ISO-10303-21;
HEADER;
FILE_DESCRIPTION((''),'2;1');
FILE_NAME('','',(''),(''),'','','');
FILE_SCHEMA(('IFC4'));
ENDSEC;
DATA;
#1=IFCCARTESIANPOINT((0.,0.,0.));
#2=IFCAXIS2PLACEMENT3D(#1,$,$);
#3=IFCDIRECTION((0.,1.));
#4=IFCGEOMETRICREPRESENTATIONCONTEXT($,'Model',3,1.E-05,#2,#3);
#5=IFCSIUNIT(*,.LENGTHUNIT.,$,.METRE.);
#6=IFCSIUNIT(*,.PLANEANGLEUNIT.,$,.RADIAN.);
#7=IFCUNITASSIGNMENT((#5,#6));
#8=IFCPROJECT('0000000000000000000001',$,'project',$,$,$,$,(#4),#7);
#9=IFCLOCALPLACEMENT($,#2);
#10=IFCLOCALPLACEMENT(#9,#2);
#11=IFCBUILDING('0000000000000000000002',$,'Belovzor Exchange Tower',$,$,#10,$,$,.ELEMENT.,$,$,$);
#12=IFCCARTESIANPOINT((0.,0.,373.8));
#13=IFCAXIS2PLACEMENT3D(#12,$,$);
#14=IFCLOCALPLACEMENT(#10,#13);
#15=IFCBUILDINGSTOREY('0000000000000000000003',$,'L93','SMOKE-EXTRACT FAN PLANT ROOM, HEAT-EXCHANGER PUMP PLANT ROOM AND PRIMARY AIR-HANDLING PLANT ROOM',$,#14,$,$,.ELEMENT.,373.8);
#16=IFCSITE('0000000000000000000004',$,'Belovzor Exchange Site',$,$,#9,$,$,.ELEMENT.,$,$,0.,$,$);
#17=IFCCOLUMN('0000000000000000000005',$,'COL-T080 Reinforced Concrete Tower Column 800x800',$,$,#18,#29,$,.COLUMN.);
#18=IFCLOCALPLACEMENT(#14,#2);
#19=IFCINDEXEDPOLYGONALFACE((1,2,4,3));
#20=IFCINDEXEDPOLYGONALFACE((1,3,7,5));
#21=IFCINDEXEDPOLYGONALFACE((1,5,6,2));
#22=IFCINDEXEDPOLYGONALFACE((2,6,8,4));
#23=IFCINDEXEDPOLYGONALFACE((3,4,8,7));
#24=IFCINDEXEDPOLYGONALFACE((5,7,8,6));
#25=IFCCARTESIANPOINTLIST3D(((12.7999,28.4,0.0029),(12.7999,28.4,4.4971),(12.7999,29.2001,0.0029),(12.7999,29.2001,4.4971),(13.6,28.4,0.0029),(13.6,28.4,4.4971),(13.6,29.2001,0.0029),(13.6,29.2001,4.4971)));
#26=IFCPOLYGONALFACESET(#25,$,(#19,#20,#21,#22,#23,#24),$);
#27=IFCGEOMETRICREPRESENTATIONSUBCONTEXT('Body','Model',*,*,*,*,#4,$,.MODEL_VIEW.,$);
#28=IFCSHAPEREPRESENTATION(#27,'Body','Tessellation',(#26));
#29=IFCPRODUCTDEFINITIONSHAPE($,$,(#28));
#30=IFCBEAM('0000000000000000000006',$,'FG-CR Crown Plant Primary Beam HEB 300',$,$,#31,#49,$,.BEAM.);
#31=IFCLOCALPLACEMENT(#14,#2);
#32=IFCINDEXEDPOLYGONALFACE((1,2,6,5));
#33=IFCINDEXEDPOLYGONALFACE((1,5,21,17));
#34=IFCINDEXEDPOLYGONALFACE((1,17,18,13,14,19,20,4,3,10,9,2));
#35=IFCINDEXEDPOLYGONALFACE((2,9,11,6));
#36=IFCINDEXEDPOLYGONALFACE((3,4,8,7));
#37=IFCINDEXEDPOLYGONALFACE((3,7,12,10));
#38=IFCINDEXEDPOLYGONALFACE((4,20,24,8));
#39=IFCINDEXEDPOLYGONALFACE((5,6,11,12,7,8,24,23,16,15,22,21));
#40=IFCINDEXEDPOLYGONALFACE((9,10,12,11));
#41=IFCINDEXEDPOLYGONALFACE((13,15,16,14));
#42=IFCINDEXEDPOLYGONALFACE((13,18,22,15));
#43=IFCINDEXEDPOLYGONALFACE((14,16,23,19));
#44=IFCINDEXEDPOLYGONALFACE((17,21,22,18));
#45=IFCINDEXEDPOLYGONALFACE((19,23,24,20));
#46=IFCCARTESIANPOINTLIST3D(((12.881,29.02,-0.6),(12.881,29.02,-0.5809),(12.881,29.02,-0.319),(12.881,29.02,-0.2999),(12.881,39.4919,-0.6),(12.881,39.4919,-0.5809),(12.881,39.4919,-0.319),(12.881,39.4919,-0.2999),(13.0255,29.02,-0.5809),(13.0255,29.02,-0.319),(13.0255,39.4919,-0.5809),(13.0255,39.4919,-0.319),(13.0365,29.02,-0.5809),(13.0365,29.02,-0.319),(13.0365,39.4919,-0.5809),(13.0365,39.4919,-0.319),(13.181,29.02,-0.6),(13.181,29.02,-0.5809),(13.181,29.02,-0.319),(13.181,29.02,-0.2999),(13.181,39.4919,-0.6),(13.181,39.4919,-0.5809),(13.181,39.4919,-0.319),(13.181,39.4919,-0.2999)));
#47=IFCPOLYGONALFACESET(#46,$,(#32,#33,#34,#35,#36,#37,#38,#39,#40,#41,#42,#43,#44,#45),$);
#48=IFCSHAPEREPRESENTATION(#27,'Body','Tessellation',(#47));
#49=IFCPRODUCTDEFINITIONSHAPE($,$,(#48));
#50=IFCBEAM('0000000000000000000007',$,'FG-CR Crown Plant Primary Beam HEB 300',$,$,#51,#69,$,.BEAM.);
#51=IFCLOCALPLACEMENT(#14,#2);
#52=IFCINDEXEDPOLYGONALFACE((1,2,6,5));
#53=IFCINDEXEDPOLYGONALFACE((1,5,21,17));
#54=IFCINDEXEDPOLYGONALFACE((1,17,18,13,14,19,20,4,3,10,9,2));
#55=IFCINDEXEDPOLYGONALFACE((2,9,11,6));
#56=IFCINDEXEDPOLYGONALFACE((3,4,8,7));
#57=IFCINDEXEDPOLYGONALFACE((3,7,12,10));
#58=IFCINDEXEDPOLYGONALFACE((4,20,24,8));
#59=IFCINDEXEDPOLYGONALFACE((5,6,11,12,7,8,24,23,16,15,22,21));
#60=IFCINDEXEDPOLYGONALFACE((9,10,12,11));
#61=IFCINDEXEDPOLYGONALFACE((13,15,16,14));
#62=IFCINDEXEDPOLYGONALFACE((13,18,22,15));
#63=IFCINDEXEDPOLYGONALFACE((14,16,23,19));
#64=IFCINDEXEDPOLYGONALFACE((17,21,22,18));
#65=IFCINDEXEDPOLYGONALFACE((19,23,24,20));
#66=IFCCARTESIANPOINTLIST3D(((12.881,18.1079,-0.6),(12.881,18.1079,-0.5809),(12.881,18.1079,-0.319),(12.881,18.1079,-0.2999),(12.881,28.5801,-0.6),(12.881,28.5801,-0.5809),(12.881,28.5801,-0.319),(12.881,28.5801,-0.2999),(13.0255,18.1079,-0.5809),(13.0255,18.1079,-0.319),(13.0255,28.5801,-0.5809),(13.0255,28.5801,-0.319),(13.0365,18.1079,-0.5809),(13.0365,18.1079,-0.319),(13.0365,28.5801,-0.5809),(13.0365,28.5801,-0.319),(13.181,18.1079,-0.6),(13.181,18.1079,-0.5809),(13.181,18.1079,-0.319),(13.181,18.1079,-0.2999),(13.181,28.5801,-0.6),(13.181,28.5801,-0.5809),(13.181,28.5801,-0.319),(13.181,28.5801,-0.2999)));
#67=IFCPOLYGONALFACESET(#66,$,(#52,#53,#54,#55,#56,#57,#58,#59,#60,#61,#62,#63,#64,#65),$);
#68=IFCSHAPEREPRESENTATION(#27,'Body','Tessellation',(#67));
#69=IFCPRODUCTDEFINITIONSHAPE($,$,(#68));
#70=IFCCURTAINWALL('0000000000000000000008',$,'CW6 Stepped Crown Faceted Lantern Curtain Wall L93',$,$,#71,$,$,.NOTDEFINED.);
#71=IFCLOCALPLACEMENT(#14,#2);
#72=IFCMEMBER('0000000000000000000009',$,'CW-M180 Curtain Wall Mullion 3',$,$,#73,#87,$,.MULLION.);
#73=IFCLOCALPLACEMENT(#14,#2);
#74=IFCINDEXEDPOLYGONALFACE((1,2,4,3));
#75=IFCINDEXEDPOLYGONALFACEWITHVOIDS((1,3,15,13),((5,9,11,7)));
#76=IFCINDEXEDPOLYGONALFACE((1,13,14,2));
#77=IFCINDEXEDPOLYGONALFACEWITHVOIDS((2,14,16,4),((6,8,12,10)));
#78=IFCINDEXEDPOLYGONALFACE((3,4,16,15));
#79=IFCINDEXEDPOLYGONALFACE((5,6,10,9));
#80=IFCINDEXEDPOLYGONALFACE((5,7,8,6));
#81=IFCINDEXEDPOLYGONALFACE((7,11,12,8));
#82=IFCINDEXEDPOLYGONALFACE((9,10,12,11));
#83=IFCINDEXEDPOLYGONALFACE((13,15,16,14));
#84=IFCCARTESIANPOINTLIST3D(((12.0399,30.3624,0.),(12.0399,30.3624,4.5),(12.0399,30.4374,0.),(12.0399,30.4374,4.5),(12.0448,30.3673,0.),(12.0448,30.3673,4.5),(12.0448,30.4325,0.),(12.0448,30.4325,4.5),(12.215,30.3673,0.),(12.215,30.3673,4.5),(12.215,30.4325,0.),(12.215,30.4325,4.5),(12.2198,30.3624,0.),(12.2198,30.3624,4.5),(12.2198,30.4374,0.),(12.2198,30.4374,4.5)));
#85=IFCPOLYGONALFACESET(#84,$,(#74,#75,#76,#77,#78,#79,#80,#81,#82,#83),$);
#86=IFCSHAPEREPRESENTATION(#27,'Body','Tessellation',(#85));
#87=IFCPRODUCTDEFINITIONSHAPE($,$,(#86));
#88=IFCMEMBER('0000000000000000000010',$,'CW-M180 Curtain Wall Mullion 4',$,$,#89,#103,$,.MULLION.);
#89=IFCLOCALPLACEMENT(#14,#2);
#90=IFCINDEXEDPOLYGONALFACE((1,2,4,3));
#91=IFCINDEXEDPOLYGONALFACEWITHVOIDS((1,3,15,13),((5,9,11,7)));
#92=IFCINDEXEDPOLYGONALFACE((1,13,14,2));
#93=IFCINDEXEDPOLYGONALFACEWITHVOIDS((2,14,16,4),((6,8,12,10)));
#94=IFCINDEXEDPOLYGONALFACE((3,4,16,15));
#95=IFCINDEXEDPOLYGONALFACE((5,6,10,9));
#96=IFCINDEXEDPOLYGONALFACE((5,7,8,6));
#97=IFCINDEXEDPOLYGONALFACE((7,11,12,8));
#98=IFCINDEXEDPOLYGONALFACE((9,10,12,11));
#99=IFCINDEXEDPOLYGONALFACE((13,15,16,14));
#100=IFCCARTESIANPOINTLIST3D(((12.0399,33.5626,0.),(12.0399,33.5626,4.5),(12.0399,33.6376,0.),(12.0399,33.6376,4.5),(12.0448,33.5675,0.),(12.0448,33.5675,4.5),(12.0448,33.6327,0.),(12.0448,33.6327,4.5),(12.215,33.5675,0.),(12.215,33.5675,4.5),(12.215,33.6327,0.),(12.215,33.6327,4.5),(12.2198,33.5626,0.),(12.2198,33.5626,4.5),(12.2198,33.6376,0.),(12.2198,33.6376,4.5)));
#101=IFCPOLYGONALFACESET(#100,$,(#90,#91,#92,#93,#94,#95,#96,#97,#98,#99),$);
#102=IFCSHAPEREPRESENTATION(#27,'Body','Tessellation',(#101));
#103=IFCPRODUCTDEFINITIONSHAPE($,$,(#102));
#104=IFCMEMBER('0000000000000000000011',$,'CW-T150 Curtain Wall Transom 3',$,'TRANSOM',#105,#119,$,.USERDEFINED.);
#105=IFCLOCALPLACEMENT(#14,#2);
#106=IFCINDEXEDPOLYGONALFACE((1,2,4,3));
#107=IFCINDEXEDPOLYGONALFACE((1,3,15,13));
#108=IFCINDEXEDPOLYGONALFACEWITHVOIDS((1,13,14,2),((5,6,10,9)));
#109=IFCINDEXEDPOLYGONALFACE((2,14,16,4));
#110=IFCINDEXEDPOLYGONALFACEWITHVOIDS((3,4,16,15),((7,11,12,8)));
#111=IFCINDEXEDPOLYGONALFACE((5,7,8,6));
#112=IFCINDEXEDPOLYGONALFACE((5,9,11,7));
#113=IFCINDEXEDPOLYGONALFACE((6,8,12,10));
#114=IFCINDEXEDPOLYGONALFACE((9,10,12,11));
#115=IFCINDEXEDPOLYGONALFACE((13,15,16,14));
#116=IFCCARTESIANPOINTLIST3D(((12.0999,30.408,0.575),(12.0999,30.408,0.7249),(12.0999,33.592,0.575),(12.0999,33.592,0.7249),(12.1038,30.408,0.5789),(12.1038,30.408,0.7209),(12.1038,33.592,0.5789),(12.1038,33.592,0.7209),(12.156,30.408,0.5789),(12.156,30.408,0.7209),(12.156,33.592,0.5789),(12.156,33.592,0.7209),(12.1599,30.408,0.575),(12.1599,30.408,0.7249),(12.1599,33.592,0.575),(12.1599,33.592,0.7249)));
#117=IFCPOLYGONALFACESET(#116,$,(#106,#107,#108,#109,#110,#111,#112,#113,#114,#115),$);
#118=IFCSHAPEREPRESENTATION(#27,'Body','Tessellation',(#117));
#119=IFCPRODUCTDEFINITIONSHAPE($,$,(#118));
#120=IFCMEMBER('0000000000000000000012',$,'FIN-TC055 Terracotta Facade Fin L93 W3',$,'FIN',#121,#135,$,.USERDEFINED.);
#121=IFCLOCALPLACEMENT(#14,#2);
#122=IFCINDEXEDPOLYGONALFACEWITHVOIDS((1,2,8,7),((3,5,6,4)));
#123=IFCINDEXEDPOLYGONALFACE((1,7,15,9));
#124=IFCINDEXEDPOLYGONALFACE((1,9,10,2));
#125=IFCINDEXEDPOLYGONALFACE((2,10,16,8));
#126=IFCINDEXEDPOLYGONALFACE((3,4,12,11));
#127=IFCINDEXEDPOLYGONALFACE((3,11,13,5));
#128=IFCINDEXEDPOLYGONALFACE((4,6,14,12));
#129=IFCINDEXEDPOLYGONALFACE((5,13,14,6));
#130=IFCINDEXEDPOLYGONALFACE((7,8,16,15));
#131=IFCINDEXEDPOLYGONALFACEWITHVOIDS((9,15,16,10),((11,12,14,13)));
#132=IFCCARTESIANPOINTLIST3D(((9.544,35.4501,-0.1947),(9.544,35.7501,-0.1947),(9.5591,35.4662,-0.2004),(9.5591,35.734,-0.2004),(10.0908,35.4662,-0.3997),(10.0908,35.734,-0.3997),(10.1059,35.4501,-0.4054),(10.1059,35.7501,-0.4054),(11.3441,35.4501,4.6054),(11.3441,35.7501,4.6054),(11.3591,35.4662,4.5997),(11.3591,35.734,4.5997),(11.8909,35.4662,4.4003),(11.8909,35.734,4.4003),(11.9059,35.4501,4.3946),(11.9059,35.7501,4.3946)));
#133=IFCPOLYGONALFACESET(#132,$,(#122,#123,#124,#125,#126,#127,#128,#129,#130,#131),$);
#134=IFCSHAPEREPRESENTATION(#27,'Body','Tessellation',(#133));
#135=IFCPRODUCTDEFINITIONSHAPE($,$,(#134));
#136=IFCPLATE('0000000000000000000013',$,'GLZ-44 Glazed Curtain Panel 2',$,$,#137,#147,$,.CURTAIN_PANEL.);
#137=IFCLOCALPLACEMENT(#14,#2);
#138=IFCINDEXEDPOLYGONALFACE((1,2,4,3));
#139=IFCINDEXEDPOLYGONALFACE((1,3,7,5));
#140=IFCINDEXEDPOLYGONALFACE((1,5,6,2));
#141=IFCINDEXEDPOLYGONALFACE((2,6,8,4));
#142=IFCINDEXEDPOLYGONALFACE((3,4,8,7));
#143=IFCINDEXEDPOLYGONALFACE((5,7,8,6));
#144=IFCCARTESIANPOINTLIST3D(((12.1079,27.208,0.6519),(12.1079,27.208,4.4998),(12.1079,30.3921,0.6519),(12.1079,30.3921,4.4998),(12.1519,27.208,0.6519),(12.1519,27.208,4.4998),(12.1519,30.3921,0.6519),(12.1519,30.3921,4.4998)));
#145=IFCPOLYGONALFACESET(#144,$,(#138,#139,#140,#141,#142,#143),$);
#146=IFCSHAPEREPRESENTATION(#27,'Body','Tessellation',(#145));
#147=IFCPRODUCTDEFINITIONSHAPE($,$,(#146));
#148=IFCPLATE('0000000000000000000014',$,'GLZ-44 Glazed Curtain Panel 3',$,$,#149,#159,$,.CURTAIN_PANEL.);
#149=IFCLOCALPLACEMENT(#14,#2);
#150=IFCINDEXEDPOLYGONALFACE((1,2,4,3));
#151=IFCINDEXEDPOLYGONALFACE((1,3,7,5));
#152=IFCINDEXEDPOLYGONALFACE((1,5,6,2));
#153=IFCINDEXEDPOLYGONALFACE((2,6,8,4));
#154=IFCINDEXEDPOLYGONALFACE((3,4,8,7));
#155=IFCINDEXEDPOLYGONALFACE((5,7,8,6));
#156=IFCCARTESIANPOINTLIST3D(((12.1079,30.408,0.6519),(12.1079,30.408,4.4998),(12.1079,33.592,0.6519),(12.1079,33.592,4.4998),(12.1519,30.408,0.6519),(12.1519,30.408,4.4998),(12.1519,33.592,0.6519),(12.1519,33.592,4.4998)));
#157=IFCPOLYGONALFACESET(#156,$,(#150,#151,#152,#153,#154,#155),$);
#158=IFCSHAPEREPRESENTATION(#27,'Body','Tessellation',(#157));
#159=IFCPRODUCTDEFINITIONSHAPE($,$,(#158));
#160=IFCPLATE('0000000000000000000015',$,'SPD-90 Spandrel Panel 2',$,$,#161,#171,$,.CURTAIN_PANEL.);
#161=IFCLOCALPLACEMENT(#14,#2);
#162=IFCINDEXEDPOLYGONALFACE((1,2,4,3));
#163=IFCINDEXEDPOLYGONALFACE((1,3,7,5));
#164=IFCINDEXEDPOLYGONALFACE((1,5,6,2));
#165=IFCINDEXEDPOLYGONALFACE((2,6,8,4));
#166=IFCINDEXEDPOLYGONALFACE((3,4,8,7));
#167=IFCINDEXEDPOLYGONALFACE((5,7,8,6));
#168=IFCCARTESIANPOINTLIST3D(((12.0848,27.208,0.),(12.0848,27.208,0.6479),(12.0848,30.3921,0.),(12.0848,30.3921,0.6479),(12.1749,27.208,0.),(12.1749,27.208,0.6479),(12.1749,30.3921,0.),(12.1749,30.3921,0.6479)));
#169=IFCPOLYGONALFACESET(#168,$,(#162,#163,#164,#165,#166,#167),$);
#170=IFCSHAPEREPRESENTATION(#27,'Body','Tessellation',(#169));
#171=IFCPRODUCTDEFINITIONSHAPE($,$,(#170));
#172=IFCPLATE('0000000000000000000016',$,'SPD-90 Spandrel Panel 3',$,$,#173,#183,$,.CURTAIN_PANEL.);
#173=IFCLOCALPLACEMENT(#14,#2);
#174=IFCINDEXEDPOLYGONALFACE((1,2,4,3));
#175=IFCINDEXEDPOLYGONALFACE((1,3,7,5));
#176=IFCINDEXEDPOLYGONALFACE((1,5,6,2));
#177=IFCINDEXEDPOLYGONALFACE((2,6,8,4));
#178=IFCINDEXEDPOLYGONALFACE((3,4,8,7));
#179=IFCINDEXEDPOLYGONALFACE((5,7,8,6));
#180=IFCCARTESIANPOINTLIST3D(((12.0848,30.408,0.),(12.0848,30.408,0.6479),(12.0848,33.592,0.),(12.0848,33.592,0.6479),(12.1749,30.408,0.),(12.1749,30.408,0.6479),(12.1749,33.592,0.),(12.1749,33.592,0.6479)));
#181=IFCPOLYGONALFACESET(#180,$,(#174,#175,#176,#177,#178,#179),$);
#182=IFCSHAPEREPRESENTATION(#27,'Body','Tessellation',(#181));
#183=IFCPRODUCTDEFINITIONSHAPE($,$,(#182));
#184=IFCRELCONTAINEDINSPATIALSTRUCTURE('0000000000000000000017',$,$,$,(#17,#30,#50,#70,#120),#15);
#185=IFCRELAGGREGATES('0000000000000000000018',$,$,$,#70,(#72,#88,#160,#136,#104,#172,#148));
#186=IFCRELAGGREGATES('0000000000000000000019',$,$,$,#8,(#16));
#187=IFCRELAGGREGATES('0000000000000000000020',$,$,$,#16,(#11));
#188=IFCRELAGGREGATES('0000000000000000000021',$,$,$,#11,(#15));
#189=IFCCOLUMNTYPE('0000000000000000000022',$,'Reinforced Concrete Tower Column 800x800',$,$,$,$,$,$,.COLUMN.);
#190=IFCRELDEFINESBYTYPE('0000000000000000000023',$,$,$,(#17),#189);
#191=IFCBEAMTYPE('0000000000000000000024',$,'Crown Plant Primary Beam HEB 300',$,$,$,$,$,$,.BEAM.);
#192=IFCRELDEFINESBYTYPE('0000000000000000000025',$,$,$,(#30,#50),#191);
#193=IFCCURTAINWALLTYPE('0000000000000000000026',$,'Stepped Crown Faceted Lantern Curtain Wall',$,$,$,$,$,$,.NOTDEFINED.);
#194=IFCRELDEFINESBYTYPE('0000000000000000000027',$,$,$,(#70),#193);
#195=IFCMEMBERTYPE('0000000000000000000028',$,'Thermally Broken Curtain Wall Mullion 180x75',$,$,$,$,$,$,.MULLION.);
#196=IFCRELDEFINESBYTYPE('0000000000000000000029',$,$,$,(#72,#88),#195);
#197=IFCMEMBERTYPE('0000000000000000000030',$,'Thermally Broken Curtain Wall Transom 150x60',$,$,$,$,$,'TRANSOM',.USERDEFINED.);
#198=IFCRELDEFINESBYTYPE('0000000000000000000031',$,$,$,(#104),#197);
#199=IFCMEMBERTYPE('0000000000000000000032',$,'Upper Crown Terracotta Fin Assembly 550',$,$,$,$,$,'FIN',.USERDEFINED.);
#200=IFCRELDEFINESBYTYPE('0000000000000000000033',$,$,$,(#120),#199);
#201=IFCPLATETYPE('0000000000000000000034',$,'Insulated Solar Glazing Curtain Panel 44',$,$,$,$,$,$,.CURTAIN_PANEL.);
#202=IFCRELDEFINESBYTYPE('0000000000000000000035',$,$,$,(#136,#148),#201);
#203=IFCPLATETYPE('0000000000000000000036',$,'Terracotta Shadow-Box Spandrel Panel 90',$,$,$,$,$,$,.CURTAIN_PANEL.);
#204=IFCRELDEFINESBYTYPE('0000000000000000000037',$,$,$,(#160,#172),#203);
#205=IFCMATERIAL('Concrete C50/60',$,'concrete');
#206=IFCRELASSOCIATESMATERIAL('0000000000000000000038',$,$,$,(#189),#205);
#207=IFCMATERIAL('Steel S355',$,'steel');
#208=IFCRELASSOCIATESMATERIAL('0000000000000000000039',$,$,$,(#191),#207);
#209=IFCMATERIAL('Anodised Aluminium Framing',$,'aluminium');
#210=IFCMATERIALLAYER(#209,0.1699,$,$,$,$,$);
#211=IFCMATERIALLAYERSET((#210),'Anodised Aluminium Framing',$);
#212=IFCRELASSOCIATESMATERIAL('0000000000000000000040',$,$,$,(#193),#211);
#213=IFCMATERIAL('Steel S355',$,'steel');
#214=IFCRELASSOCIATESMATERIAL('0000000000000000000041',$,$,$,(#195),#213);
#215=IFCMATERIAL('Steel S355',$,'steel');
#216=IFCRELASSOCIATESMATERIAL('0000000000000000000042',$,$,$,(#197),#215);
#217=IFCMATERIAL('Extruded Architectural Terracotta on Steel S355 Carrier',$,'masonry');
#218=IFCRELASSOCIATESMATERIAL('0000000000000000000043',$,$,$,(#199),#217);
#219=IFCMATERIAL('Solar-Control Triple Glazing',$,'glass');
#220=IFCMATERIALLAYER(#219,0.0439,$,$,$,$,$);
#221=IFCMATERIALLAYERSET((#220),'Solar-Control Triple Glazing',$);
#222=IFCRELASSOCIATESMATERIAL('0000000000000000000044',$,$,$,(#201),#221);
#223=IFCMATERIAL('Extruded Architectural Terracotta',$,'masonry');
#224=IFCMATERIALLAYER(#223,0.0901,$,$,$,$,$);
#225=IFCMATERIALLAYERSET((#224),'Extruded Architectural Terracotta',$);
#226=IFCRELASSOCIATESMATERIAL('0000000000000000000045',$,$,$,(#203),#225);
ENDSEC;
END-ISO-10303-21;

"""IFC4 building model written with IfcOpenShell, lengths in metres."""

from ifc_helpers import new_model, si_unit, direction, frame, origin, origin_2d, place, context, subcontext, project, spatial, rectangle, hollow_rectangle, i_section, extrude, material, layer, layer_set, material_profile, profile_set, type_object, element, aggregate, save


model = new_model("IFC4")

# Units and contexts
model_context = context("Model", 3, precision=1e-05, world=origin(), true_north=direction((0.0, 1.0)))
body_context = subcontext(model_context, "Body", "Model", "MODEL_VIEW")
ifc_project = project(units=[si_unit("LENGTHUNIT", "METRE"), si_unit("PLANEANGLEUNIT", "RADIAN")], contexts=[model_context])

# Site, building, storey
site_placement = place(None, origin())
site = spatial("IfcSite", under=ifc_project, at=site_placement, Name="Belovzor Exchange Site", CompositionType="ELEMENT", RefElevation=0.0)
building_placement = place(site_placement, origin())
building = spatial("IfcBuilding", under=site, at=building_placement, Name="Belovzor Exchange Tower", CompositionType="ELEMENT")
storey_placement = place(building_placement, frame((0.0, 0.0, 373.8)))
storey = spatial("IfcBuildingStorey", under=building, at=storey_placement, Name="L93", Description="SMOKE-EXTRACT FAN PLANT ROOM, HEAT-EXCHANGER PUMP PLANT ROOM AND PRIMARY AIR-HANDLING PLANT ROOM", CompositionType="ELEMENT", Elevation=373.8)

# Column
ifc_material_1 = material(Name="Concrete C50/60", Category="concrete")
ifc_material_profile_1 = material_profile(ifc_material_1, rectangle(XDim=0.8, YDim=0.8, at=origin_2d()))
ifc_profile_set_1 = profile_set([ifc_material_profile_1], Name="Concrete C50/60")
column_type = type_object("IfcColumnType", Name="Reinforced Concrete Tower Column 800x800", PredefinedType="COLUMN", material=ifc_profile_set_1)
column_placement = place(storey_placement, frame((13.2, 28.8, 0.0029), z_axis=(0.0, 0.0, 1.0), x_axis=(1.0, 0.0, 0.0)))
element("IfcColumn", 1, at=column_placement, inside=storey, type_object=column_type, Name="COL-T080 Reinforced Concrete Tower Column 800x800", PredefinedType="COLUMN", context=body_context, shape_type="SweptSolid", body=[
    extrude(rectangle(XDim=0.8, YDim=0.8, at=origin_2d()), origin(), (0.0, 0.0, 1.0), 4.4941),
])

# Beams
ifc_material_2 = material(Name="Steel S355", Category="steel")
ifc_material_profile_2 = material_profile(ifc_material_2, i_section(OverallWidth=0.3, OverallDepth=0.3, WebThickness=0.011, FlangeThickness=0.019, at=origin_2d()))
ifc_profile_set_2 = profile_set([ifc_material_profile_2], Name="Steel S355")
beam_type = type_object("IfcBeamType", Name="Crown Plant Primary Beam HEB 300", PredefinedType="BEAM", material=ifc_profile_set_2)
beam_1_placement = place(storey_placement, frame((13.031, 39.4919, -0.45), z_axis=(0.0, -1.0, 0.0), x_axis=(1.0, 0.0, 0.0)))
element("IfcBeam", 2, at=beam_1_placement, inside=storey, type_object=beam_type, Name="FG-CR Crown Plant Primary Beam HEB 300", PredefinedType="BEAM", context=body_context, shape_type="SweptSolid", body=[
    extrude(i_section(OverallWidth=0.3, OverallDepth=0.3, WebThickness=0.011, FlangeThickness=0.019, at=origin_2d()), origin(), (0.0, 0.0, 1.0), 10.4719),
])
beam_2_placement = place(storey_placement, frame((13.031, 28.5801, -0.45), z_axis=(0.0, -1.0, 0.0), x_axis=(1.0, 0.0, 0.0)))
element("IfcBeam", 3, at=beam_2_placement, inside=storey, type_object=beam_type, Name="FG-CR Crown Plant Primary Beam HEB 300", PredefinedType="BEAM", context=body_context, shape_type="SweptSolid", body=[
    extrude(i_section(OverallWidth=0.3, OverallDepth=0.3, WebThickness=0.011, FlangeThickness=0.019, at=origin_2d()), origin(), (0.0, 0.0, 1.0), 10.4722),
])

# Curtain wall, members
ifc_material_3 = material(Name="Anodised Aluminium Framing", Category="aluminium")
ifc_layer_1 = layer(ifc_material_3, 0.1699)
ifc_layer_set_1 = layer_set([ifc_layer_1], Name="Anodised Aluminium Framing")
curtain_wall_type = type_object("IfcCurtainWallType", Name="Stepped Crown Faceted Lantern Curtain Wall", PredefinedType="NOTDEFINED", material=ifc_layer_set_1)
curtain_wall_placement = place(storey_placement, origin())
curtain_wall = element("IfcCurtainWall", 4, at=curtain_wall_placement, inside=storey, type_object=curtain_wall_type, Name="CW6 Stepped Crown Faceted Lantern Curtain Wall L93", PredefinedType="NOTDEFINED")
ifc_material_4 = material(Name="Steel S355", Category="steel")
ifc_material_profile_3 = material_profile(ifc_material_4, hollow_rectangle(XDim=0.075, YDim=0.1799, WallThickness=0.0049, at=origin_2d()))
ifc_profile_set_3 = profile_set([ifc_material_profile_3], Name="Steel S355")
member_type_1 = type_object("IfcMemberType", Name="Thermally Broken Curtain Wall Mullion 180x75", PredefinedType="MULLION", material=ifc_profile_set_3)
member_1_placement = place(storey_placement, frame((12.1299, 30.3999, 0.0), z_axis=(0.0, 0.0, 1.0), x_axis=(0.0, 1.0, 0.0)))
member_1 = element("IfcMember", 5, at=member_1_placement, type_object=member_type_1, Name="CW-M180 Curtain Wall Mullion 3", PredefinedType="MULLION", context=body_context, shape_type="SweptSolid", body=[
    extrude(hollow_rectangle(XDim=0.075, YDim=0.1799, WallThickness=0.0049, at=origin_2d()), origin(), (0.0, 0.0, 1.0), 4.5),
])
member_2_placement = place(storey_placement, frame((12.1299, 33.6001, 0.0), z_axis=(0.0, 0.0, 1.0), x_axis=(0.0, 1.0, 0.0)))
member_2 = element("IfcMember", 6, at=member_2_placement, type_object=member_type_1, Name="CW-M180 Curtain Wall Mullion 4", PredefinedType="MULLION", context=body_context, shape_type="SweptSolid", body=[
    extrude(hollow_rectangle(XDim=0.075, YDim=0.1799, WallThickness=0.0049, at=origin_2d()), origin(), (0.0, 0.0, 1.0), 4.5),
])
ifc_material_5 = material(Name="Steel S355", Category="steel")
ifc_material_profile_4 = material_profile(ifc_material_5, hollow_rectangle(XDim=0.0601, YDim=0.1499, WallThickness=0.0039, at=origin_2d()))
ifc_profile_set_4 = profile_set([ifc_material_profile_4], Name="Steel S355")
member_type_2 = type_object("IfcMemberType", Name="Thermally Broken Curtain Wall Transom 150x60", ElementType="TRANSOM", PredefinedType="USERDEFINED", material=ifc_profile_set_4)
member_3_placement = place(storey_placement, frame((12.1299, 30.408, 0.6499), z_axis=(0.0, 1.0, 0.0), x_axis=(-1.0, 0.0, 0.0)))
member_3 = element("IfcMember", 7, at=member_3_placement, type_object=member_type_2, Name="CW-T150 Curtain Wall Transom 3", ObjectType="TRANSOM", PredefinedType="USERDEFINED", context=body_context, shape_type="SweptSolid", body=[
    extrude(hollow_rectangle(XDim=0.0601, YDim=0.1499, WallThickness=0.0039, at=origin_2d()), origin(), (0.0, 0.0, 1.0), 3.1841),
])

# Member
ifc_material_6 = material(Name="Extruded Architectural Terracotta on Steel S355 Carrier", Category="masonry")
ifc_material_profile_5 = material_profile(ifc_material_6, hollow_rectangle(XDim=0.3, YDim=0.6001, WallThickness=0.0161, at=origin_2d()))
ifc_profile_set_5 = profile_set([ifc_material_profile_5], Name="Extruded Architectural Terracotta on Steel S355 Carrier")
member_type_3 = type_object("IfcMemberType", Name="Upper Crown Terracotta Fin Assembly 550", ElementType="FIN", PredefinedType="USERDEFINED", material=ifc_profile_set_5)
member_4_placement = place(storey_placement, frame((9.825, 35.6001, -0.3), z_axis=(0.351129, 0.0, 0.936327), x_axis=(0.0, 1.0, 0.0)))
element("IfcMember", 8, at=member_4_placement, inside=storey, type_object=member_type_3, Name="FIN-TC055 Terracotta Facade Fin L93 W3", ObjectType="FIN", PredefinedType="USERDEFINED", context=body_context, shape_type="SweptSolid", body=[
    extrude(hollow_rectangle(XDim=0.3, YDim=0.6001, WallThickness=0.0161, at=origin_2d()), origin(), (0.0, 0.0, 1.0), 5.1265),
])

# Plates
ifc_material_7 = material(Name="Solar-Control Triple Glazing", Category="glass")
ifc_layer_2 = layer(ifc_material_7, 0.0439)
ifc_layer_set_2 = layer_set([ifc_layer_2], Name="Solar-Control Triple Glazing")
plate_type_1 = type_object("IfcPlateType", Name="Insulated Solar Glazing Curtain Panel 44", PredefinedType="CURTAIN_PANEL", material=ifc_layer_set_2)
plate_1_placement = place(storey_placement, frame((12.1299, 28.8, 0.6519), z_axis=(0.0, 0.0, 1.0), x_axis=(0.0, 1.0, 0.0)))
plate_1 = element("IfcPlate", 9, at=plate_1_placement, type_object=plate_type_1, Name="GLZ-44 Glazed Curtain Panel 2", PredefinedType="CURTAIN_PANEL", context=body_context, shape_type="SweptSolid", body=[
    extrude(rectangle(XDim=3.1841, YDim=0.0439, at=origin_2d()), origin(), (0.0, 0.0, 1.0), 3.8479),
])
plate_2_placement = place(storey_placement, frame((12.1299, 32.0, 0.6519), z_axis=(0.0, 0.0, 1.0), x_axis=(0.0, 1.0, 0.0)))
plate_2 = element("IfcPlate", 10, at=plate_2_placement, type_object=plate_type_1, Name="GLZ-44 Glazed Curtain Panel 3", PredefinedType="CURTAIN_PANEL", context=body_context, shape_type="SweptSolid", body=[
    extrude(rectangle(XDim=3.1841, YDim=0.0439, at=origin_2d()), origin(), (0.0, 0.0, 1.0), 3.8479),
])
ifc_material_8 = material(Name="Extruded Architectural Terracotta", Category="masonry")
ifc_layer_3 = layer(ifc_material_8, 0.0901)
ifc_layer_set_3 = layer_set([ifc_layer_3], Name="Extruded Architectural Terracotta")
plate_type_2 = type_object("IfcPlateType", Name="Terracotta Shadow-Box Spandrel Panel 90", PredefinedType="CURTAIN_PANEL", material=ifc_layer_set_3)
plate_3_placement = place(storey_placement, frame((12.1299, 28.8, 0.0), z_axis=(0.0, 0.0, 1.0), x_axis=(0.0, 1.0, 0.0)))
plate_3 = element("IfcPlate", 11, at=plate_3_placement, type_object=plate_type_2, Name="SPD-90 Spandrel Panel 2", PredefinedType="CURTAIN_PANEL", context=body_context, shape_type="SweptSolid", body=[
    extrude(rectangle(XDim=3.1841, YDim=0.0901, at=origin_2d()), origin(), (0.0, 0.0, 1.0), 0.6479),
])
plate_4_placement = place(storey_placement, frame((12.1299, 32.0, 0.0), z_axis=(0.0, 0.0, 1.0), x_axis=(0.0, 1.0, 0.0)))
plate_4 = element("IfcPlate", 12, at=plate_4_placement, type_object=plate_type_2, Name="SPD-90 Spandrel Panel 3", PredefinedType="CURTAIN_PANEL", context=body_context, shape_type="SweptSolid", body=[
    extrude(rectangle(XDim=3.1841, YDim=0.0901, at=origin_2d()), origin(), (0.0, 0.0, 1.0), 0.6479),
])
aggregate(curtain_wall, [member_1, member_2, plate_3, plate_1, member_3, plate_4, plate_2])

save(model, "model.ifc")
